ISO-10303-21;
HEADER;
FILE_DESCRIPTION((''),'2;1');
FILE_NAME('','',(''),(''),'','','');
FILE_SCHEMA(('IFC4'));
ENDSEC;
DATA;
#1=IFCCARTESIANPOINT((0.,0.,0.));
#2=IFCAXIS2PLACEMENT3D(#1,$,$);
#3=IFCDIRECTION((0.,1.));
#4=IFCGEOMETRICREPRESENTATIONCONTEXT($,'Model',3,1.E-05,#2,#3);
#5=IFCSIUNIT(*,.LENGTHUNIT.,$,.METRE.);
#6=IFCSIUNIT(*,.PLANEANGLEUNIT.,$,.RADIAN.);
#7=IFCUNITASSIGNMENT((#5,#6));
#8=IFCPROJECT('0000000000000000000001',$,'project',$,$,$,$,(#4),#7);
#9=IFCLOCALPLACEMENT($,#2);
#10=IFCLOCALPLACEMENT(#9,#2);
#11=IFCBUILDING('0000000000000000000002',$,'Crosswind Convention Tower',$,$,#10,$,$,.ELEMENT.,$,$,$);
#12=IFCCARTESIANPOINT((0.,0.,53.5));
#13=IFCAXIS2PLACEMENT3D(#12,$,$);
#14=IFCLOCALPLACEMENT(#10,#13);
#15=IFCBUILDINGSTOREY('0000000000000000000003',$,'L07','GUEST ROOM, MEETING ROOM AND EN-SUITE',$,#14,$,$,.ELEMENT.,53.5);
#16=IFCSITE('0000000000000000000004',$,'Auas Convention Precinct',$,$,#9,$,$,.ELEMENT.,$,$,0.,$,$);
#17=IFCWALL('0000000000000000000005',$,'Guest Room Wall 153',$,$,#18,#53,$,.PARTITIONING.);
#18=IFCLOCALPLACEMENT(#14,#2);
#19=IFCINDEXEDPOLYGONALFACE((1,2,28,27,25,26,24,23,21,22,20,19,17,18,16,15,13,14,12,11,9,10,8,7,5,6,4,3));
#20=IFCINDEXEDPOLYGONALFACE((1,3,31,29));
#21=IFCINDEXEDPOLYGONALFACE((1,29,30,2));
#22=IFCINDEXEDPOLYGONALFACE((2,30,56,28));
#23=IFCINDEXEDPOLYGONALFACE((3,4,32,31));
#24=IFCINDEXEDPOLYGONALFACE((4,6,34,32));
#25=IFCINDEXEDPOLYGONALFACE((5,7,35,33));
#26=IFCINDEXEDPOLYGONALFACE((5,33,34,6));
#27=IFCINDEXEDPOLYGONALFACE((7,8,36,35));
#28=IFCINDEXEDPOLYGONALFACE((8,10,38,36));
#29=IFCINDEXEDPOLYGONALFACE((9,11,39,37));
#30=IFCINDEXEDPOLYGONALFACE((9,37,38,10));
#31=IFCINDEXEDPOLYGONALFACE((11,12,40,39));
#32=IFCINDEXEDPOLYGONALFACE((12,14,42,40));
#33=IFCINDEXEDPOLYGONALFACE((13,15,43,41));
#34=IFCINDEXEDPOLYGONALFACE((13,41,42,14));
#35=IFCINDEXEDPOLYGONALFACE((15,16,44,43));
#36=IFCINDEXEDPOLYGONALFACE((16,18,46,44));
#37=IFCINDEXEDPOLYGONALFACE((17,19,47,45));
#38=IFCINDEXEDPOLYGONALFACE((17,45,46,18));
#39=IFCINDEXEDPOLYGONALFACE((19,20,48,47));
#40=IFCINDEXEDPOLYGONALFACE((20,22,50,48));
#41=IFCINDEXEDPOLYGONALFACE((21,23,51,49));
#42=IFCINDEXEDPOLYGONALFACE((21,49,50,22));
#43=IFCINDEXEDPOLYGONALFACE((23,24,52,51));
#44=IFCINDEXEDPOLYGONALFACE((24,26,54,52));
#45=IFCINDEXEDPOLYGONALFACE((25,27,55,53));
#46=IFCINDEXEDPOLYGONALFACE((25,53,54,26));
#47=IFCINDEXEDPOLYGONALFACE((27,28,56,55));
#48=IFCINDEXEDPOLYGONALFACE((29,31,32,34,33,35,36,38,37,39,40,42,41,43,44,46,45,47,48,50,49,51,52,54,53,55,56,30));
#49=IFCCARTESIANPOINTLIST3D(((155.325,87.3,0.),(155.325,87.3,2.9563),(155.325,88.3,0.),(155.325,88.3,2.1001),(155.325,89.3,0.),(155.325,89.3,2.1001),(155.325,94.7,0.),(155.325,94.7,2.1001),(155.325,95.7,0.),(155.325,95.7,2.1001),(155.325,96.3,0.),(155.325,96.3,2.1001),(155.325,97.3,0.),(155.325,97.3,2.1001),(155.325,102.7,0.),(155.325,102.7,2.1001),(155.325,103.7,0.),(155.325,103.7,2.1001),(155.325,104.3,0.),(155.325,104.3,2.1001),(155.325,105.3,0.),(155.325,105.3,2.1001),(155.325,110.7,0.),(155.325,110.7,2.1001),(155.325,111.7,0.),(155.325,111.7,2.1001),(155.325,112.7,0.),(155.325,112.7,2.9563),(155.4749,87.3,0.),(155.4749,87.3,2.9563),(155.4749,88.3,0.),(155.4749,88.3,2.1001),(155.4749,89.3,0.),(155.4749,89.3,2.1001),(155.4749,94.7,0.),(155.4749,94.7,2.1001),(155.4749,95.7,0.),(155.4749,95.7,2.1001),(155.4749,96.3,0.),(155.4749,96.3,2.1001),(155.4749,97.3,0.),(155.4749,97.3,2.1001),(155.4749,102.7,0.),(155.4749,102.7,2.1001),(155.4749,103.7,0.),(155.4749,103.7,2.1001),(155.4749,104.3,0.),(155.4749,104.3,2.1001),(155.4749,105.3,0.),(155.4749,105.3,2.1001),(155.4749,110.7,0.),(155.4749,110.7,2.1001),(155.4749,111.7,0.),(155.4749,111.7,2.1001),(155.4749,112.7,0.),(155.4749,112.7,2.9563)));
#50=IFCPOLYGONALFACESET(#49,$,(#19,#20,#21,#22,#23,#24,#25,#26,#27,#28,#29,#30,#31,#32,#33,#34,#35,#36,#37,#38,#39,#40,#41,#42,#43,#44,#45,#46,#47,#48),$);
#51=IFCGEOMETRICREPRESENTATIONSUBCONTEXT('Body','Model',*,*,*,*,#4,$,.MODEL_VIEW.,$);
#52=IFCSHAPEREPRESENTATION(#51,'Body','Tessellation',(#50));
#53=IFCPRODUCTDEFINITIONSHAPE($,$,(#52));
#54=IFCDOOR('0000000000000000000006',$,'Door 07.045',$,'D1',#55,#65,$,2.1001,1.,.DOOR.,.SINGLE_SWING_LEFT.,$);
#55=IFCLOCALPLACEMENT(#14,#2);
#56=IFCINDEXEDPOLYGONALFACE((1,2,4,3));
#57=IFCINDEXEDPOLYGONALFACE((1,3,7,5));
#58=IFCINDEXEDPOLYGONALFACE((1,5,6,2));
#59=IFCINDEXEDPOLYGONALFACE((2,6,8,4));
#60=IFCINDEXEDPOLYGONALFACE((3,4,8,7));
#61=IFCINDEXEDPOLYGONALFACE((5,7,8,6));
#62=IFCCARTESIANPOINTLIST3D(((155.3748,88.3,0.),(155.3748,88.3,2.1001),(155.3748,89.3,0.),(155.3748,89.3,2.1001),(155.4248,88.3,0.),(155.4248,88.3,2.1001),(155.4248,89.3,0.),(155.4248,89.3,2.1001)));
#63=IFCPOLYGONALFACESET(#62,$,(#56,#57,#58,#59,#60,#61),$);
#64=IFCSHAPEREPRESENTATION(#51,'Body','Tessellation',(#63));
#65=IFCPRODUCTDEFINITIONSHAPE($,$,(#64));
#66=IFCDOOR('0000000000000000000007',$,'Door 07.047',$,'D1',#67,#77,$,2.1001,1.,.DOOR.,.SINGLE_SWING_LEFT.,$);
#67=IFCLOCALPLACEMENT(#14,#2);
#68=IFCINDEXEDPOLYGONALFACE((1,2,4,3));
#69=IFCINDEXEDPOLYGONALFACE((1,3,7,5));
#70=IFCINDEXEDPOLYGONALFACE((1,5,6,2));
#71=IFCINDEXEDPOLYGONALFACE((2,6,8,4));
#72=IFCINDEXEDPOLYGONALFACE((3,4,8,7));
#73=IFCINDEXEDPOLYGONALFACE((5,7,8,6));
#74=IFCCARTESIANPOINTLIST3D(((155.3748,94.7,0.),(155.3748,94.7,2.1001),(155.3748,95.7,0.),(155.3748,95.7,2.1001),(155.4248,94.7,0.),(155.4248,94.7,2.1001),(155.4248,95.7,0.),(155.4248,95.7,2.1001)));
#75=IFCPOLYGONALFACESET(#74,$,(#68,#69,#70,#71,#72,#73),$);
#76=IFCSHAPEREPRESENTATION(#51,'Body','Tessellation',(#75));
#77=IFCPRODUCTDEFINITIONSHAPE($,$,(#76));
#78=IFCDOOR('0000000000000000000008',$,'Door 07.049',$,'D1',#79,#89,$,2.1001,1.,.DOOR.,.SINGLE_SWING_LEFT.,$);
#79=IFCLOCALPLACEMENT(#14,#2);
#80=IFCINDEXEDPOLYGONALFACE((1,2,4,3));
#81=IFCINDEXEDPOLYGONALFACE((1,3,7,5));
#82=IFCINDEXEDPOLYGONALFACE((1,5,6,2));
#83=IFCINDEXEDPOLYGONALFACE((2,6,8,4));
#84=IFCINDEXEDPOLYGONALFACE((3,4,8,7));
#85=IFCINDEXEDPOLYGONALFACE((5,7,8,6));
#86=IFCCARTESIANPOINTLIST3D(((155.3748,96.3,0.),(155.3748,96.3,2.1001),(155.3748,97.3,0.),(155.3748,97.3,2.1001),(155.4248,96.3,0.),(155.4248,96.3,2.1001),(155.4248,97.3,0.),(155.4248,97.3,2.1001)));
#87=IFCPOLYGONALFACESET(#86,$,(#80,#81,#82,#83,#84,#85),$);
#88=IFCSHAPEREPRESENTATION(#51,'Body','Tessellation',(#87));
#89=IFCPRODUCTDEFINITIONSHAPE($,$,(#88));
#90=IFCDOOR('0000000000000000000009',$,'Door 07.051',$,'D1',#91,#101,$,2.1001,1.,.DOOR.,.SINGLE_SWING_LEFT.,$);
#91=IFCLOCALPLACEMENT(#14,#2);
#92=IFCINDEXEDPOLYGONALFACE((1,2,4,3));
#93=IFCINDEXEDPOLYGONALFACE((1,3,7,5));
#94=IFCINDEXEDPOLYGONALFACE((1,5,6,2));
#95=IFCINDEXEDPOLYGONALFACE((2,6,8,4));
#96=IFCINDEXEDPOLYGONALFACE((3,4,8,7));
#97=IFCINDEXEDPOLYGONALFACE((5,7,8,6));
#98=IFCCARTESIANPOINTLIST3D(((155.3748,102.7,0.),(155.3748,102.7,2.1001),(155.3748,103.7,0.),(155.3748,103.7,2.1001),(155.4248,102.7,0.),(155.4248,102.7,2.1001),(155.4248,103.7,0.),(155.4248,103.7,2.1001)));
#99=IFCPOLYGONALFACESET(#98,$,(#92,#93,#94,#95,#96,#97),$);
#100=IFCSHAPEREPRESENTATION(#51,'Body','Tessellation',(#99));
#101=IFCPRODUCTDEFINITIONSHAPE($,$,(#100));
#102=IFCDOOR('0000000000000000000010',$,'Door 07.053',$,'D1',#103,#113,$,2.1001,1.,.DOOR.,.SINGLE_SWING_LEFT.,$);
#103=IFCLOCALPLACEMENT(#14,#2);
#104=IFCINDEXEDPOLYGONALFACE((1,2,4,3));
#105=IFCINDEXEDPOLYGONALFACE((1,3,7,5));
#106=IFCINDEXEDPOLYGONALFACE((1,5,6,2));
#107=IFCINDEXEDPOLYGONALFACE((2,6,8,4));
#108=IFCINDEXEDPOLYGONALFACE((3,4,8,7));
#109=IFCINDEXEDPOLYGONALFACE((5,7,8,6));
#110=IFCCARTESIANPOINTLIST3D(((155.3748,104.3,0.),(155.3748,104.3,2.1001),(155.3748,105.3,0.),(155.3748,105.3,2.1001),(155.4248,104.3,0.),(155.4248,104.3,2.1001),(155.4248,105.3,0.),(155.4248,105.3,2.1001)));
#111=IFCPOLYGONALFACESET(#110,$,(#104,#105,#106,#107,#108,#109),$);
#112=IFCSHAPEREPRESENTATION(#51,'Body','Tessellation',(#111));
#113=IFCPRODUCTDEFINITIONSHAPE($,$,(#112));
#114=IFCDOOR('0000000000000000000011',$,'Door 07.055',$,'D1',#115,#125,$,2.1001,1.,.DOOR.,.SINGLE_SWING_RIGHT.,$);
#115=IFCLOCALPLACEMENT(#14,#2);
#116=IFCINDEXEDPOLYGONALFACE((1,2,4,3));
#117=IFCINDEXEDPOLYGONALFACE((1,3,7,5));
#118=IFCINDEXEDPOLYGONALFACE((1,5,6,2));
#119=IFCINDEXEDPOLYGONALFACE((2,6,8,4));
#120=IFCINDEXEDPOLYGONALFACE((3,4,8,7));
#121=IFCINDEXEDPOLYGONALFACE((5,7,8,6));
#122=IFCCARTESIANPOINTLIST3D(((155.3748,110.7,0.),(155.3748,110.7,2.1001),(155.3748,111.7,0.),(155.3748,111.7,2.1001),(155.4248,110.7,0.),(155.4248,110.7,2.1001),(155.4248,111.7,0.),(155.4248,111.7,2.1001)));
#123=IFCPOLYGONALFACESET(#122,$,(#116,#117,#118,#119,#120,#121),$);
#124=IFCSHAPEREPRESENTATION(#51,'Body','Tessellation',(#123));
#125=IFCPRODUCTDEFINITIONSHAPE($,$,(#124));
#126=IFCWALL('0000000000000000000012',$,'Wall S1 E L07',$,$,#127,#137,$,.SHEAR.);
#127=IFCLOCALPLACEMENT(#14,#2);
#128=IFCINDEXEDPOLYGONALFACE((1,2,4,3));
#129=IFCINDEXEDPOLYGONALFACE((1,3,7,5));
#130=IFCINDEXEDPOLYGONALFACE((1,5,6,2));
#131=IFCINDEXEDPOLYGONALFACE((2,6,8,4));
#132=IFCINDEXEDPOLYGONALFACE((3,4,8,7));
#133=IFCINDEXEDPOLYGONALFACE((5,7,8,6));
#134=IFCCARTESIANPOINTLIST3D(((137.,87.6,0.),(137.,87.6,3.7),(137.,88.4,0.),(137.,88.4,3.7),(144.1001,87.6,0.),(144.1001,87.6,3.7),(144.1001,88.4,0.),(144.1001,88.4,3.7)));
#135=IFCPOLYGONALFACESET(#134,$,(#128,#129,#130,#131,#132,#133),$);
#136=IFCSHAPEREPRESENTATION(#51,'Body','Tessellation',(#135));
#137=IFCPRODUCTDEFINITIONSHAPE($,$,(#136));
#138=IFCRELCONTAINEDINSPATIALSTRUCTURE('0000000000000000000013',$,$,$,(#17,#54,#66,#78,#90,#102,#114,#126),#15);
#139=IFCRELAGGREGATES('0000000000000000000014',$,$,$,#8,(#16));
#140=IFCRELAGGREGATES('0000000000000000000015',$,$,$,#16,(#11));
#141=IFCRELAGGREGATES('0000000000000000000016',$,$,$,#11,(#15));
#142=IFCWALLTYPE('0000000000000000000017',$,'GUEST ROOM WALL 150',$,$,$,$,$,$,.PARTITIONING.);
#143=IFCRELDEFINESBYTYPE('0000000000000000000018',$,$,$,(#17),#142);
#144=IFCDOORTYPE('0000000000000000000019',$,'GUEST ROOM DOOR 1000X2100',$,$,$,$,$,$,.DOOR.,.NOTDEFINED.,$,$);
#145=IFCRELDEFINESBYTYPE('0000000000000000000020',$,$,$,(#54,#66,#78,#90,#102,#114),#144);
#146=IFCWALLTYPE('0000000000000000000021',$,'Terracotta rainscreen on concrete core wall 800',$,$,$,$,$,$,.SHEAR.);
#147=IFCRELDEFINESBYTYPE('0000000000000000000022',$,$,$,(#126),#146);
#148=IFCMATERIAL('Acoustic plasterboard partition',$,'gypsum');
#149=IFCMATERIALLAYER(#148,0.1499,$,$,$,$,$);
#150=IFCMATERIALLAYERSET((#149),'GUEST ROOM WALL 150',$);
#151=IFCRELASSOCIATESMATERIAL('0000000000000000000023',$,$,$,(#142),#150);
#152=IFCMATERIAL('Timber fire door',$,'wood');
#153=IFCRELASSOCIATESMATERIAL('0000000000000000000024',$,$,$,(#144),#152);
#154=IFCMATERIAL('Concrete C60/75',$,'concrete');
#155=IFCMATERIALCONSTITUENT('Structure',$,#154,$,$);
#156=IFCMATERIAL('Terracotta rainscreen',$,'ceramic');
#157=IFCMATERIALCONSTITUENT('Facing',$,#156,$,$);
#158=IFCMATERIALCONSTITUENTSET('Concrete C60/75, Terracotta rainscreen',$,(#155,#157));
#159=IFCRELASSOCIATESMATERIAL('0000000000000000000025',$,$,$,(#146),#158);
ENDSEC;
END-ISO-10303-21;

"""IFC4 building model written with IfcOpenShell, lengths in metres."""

from ifc_helpers import new_model, si_unit, direction, frame, frame_2d, origin, place, context, subcontext, project, spatial, rectangle, extrude, material, layer, layer_set, constituent, constituent_set, type_object, element, fill, save


model = new_model("IFC4")

# Units and contexts
model_context = context("Model", 3, precision=1e-05, world=origin(), true_north=direction((0.0, 1.0)))
body_context = subcontext(model_context, "Body", "Model", "MODEL_VIEW")
ifc_project = project(units=[si_unit("LENGTHUNIT", "METRE"), si_unit("PLANEANGLEUNIT", "RADIAN")], contexts=[model_context])

# Site, building, storey
site_placement = place(None, origin())
site = spatial("IfcSite", under=ifc_project, at=site_placement, Name="Auas Convention Precinct", CompositionType="ELEMENT", RefElevation=0.0)
building_placement = place(site_placement, origin())
building = spatial("IfcBuilding", under=site, at=building_placement, Name="Crosswind Convention Tower", CompositionType="ELEMENT")
storey_placement = place(building_placement, frame((0.0, 0.0, 53.5)))
storey = spatial("IfcBuildingStorey", under=building, at=storey_placement, Name="L07", Description="GUEST ROOM, MEETING ROOM AND EN-SUITE", CompositionType="ELEMENT", Elevation=53.5)

# Shared definitions
ifc_material_1 = material(Name="Concrete C60/75", Category="concrete")

# Wall, openings, doors
ifc_material_2 = material(Name="Acoustic plasterboard partition", Category="gypsum")
ifc_layer_1 = layer(ifc_material_2, 0.1499)
ifc_layer_set_1 = layer_set([ifc_layer_1], Name="GUEST ROOM WALL 150")
wall_type_1 = type_object("IfcWallType", Name="GUEST ROOM WALL 150", PredefinedType="PARTITIONING", material=ifc_layer_set_1)
wall_1_placement = place(storey_placement, frame((155.3999, 87.3, 0.0), z_axis=(0.0, 0.0, 1.0), x_axis=(0.0, 1.0, 0.0)))
wall_1 = element("IfcWall", 1, at=wall_1_placement, inside=storey, type_object=wall_type_1, Name="Guest Room Wall 153", PredefinedType="PARTITIONING", context=body_context, shape_type="SweptSolid", body=[
    extrude(rectangle(XDim=25.3999, YDim=0.1499, at=frame_2d((12.7, 0.0))), origin(), (0.0, 0.0, 1.0), 2.9563),
])
opening_1_placement = place(wall_1_placement, frame((1.0, 0.0, 0.0)))
opening_1 = element("IfcOpeningElement", 2, at=opening_1_placement, cuts=wall_1, PredefinedType="OPENING", context=body_context, shape_type="SweptSolid", body=[
    extrude(rectangle(XDim=1.0, YDim=2.1001, at=frame_2d((0.5, 1.05))), frame((0.0, 0.085, 0.0), z_axis=(0.0, -1.0, 0.0), x_axis=(1.0, 0.0, 0.0)), (0.0, 0.0, 1.0), 0.1699),
])
opening_2_placement = place(wall_1_placement, frame((7.3999, 0.0, 0.0)))
opening_2 = element("IfcOpeningElement", 3, at=opening_2_placement, cuts=wall_1, PredefinedType="OPENING", context=body_context, shape_type="SweptSolid", body=[
    extrude(rectangle(XDim=1.0, YDim=2.1001, at=frame_2d((0.5, 1.05))), frame((0.0, 0.085, 0.0), z_axis=(0.0, -1.0, 0.0), x_axis=(1.0, 0.0, 0.0)), (0.0, 0.0, 1.0), 0.1699),
])
opening_3_placement = place(wall_1_placement, frame((9.0, 0.0, 0.0)))
opening_3 = element("IfcOpeningElement", 4, at=opening_3_placement, cuts=wall_1, PredefinedType="OPENING", context=body_context, shape_type="SweptSolid", body=[
    extrude(rectangle(XDim=1.0, YDim=2.1001, at=frame_2d((0.5, 1.05))), frame((0.0, 0.085, 0.0), z_axis=(0.0, -1.0, 0.0), x_axis=(1.0, 0.0, 0.0)), (0.0, 0.0, 1.0), 0.1699),
])
opening_4_placement = place(wall_1_placement, frame((15.3999, 0.0, 0.0)))
opening_4 = element("IfcOpeningElement", 5, at=opening_4_placement, cuts=wall_1, PredefinedType="OPENING", context=body_context, shape_type="SweptSolid", body=[
    extrude(rectangle(XDim=1.0, YDim=2.1001, at=frame_2d((0.5, 1.05))), frame((0.0, 0.085, 0.0), z_axis=(0.0, -1.0, 0.0), x_axis=(1.0, 0.0, 0.0)), (0.0, 0.0, 1.0), 0.1699),
])
opening_5_placement = place(wall_1_placement, frame((17.0, 0.0, 0.0)))
opening_5 = element("IfcOpeningElement", 6, at=opening_5_placement, cuts=wall_1, PredefinedType="OPENING", context=body_context, shape_type="SweptSolid", body=[
    extrude(rectangle(XDim=1.0, YDim=2.1001, at=frame_2d((0.5, 1.05))), frame((0.0, 0.085, 0.0), z_axis=(0.0, -1.0, 0.0), x_axis=(1.0, 0.0, 0.0)), (0.0, 0.0, 1.0), 0.1699),
])
opening_6_placement = place(wall_1_placement, frame((23.3999, 0.0, 0.0)))
opening_6 = element("IfcOpeningElement", 7, at=opening_6_placement, cuts=wall_1, PredefinedType="OPENING", context=body_context, shape_type="SweptSolid", body=[
    extrude(rectangle(XDim=1.0, YDim=2.1001, at=frame_2d((0.5, 1.05))), frame((0.0, 0.085, 0.0), z_axis=(0.0, -1.0, 0.0), x_axis=(1.0, 0.0, 0.0)), (0.0, 0.0, 1.0), 0.1699),
])
ifc_material_3 = material(Name="Timber fire door", Category="wood")
door_type = type_object("IfcDoorType", Name="GUEST ROOM DOOR 1000X2100", OperationType="NOTDEFINED", PredefinedType="DOOR", material=ifc_material_3)
door_1_placement = place(opening_1_placement, frame((1.0, 0.0, 0.0), z_axis=(0.0, 0.0, 1.0), x_axis=(-1.0, 0.0, 0.0)))
door_1 = element("IfcDoor", 8, at=door_1_placement, inside=storey, type_object=door_type, Name="Door 07.045", ObjectType="D1", OperationType="SINGLE_SWING_LEFT", OverallHeight=2.1001, OverallWidth=1.0, PredefinedType="DOOR", context=body_context, shape_type="SweptSolid", body=[
    extrude(rectangle(XDim=1.0, YDim=2.1001, at=frame_2d((0.5, 1.05))), frame((0.0, 0.0249, 0.0), z_axis=(0.0, -1.0, 0.0), x_axis=(1.0, 0.0, 0.0)), (0.0, 0.0, 1.0), 0.05),
])
fill(opening_1, door_1)
door_2_placement = place(opening_2_placement, frame((1.0, 0.0, 0.0), z_axis=(0.0, 0.0, 1.0), x_axis=(-1.0, 0.0, 0.0)))
door_2 = element("IfcDoor", 9, at=door_2_placement, inside=storey, type_object=door_type, Name="Door 07.047", ObjectType="D1", OperationType="SINGLE_SWING_LEFT", OverallHeight=2.1001, OverallWidth=1.0, PredefinedType="DOOR", context=body_context, shape_type="SweptSolid", body=[
    extrude(rectangle(XDim=1.0, YDim=2.1001, at=frame_2d((0.5, 1.05))), frame((0.0, 0.0249, 0.0), z_axis=(0.0, -1.0, 0.0), x_axis=(1.0, 0.0, 0.0)), (0.0, 0.0, 1.0), 0.05),
])
fill(opening_2, door_2)
door_3_placement = place(opening_3_placement, frame((1.0, 0.0, 0.0), z_axis=(0.0, 0.0, 1.0), x_axis=(-1.0, 0.0, 0.0)))
door_3 = element("IfcDoor", 10, at=door_3_placement, inside=storey, type_object=door_type, Name="Door 07.049", ObjectType="D1", OperationType="SINGLE_SWING_LEFT", OverallHeight=2.1001, OverallWidth=1.0, PredefinedType="DOOR", context=body_context, shape_type="SweptSolid", body=[
    extrude(rectangle(XDim=1.0, YDim=2.1001, at=frame_2d((0.5, 1.05))), frame((0.0, 0.0249, 0.0), z_axis=(0.0, -1.0, 0.0), x_axis=(1.0, 0.0, 0.0)), (0.0, 0.0, 1.0), 0.05),
])
fill(opening_3, door_3)
door_4_placement = place(opening_4_placement, frame((1.0, 0.0, 0.0), z_axis=(0.0, 0.0, 1.0), x_axis=(-1.0, 0.0, 0.0)))
door_4 = element("IfcDoor", 11, at=door_4_placement, inside=storey, type_object=door_type, Name="Door 07.051", ObjectType="D1", OperationType="SINGLE_SWING_LEFT", OverallHeight=2.1001, OverallWidth=1.0, PredefinedType="DOOR", context=body_context, shape_type="SweptSolid", body=[
    extrude(rectangle(XDim=1.0, YDim=2.1001, at=frame_2d((0.5, 1.05))), frame((0.0, 0.0249, 0.0), z_axis=(0.0, -1.0, 0.0), x_axis=(1.0, 0.0, 0.0)), (0.0, 0.0, 1.0), 0.05),
])
fill(opening_4, door_4)
door_5_placement = place(opening_5_placement, frame((1.0, 0.0, 0.0), z_axis=(0.0, 0.0, 1.0), x_axis=(-1.0, 0.0, 0.0)))
door_5 = element("IfcDoor", 12, at=door_5_placement, inside=storey, type_object=door_type, Name="Door 07.053", ObjectType="D1", OperationType="SINGLE_SWING_LEFT", OverallHeight=2.1001, OverallWidth=1.0, PredefinedType="DOOR", context=body_context, shape_type="SweptSolid", body=[
    extrude(rectangle(XDim=1.0, YDim=2.1001, at=frame_2d((0.5, 1.05))), frame((0.0, 0.0249, 0.0), z_axis=(0.0, -1.0, 0.0), x_axis=(1.0, 0.0, 0.0)), (0.0, 0.0, 1.0), 0.05),
])
fill(opening_5, door_5)
door_6_placement = place(opening_6_placement, frame((1.0, 0.0, 0.0), z_axis=(0.0, 0.0, 1.0), x_axis=(-1.0, 0.0, 0.0)))
door_6 = element("IfcDoor", 13, at=door_6_placement, inside=storey, type_object=door_type, Name="Door 07.055", ObjectType="D1", OperationType="SINGLE_SWING_RIGHT", OverallHeight=2.1001, OverallWidth=1.0, PredefinedType="DOOR", context=body_context, shape_type="SweptSolid", body=[
    extrude(rectangle(XDim=1.0, YDim=2.1001, at=frame_2d((0.5, 1.05))), frame((0.0, 0.0249, 0.0), z_axis=(0.0, -1.0, 0.0), x_axis=(1.0, 0.0, 0.0)), (0.0, 0.0, 1.0), 0.05),
])
fill(opening_6, door_6)

# Wall
ifc_constituent_1 = constituent(ifc_material_1, Name="Structure")
ifc_material_4 = material(Name="Terracotta rainscreen", Category="ceramic")
ifc_constituent_2 = constituent(ifc_material_4, Name="Facing")
ifc_constituent_set = constituent_set(constituents=[ifc_constituent_1, ifc_constituent_2], Name="Concrete C60/75, Terracotta rainscreen")
wall_type_2 = type_object("IfcWallType", Name="Terracotta rainscreen on concrete core wall 800", PredefinedType="SHEAR", material=ifc_constituent_set)
wall_2_placement = place(storey_placement, frame((137.0, 88.0, 0.0), z_axis=(0.0, 0.0, 1.0), x_axis=(1.0, 0.0, 0.0)))
element("IfcWall", 14, at=wall_2_placement, inside=storey, type_object=wall_type_2, Name="Wall S1 E L07", PredefinedType="SHEAR", context=body_context, shape_type="SweptSolid", body=[
    extrude(rectangle(XDim=7.1001, YDim=0.8, at=frame_2d((3.55, 0.0))), origin(), (0.0, 0.0, 1.0), 3.7),
])

save(model, "model.ifc")
